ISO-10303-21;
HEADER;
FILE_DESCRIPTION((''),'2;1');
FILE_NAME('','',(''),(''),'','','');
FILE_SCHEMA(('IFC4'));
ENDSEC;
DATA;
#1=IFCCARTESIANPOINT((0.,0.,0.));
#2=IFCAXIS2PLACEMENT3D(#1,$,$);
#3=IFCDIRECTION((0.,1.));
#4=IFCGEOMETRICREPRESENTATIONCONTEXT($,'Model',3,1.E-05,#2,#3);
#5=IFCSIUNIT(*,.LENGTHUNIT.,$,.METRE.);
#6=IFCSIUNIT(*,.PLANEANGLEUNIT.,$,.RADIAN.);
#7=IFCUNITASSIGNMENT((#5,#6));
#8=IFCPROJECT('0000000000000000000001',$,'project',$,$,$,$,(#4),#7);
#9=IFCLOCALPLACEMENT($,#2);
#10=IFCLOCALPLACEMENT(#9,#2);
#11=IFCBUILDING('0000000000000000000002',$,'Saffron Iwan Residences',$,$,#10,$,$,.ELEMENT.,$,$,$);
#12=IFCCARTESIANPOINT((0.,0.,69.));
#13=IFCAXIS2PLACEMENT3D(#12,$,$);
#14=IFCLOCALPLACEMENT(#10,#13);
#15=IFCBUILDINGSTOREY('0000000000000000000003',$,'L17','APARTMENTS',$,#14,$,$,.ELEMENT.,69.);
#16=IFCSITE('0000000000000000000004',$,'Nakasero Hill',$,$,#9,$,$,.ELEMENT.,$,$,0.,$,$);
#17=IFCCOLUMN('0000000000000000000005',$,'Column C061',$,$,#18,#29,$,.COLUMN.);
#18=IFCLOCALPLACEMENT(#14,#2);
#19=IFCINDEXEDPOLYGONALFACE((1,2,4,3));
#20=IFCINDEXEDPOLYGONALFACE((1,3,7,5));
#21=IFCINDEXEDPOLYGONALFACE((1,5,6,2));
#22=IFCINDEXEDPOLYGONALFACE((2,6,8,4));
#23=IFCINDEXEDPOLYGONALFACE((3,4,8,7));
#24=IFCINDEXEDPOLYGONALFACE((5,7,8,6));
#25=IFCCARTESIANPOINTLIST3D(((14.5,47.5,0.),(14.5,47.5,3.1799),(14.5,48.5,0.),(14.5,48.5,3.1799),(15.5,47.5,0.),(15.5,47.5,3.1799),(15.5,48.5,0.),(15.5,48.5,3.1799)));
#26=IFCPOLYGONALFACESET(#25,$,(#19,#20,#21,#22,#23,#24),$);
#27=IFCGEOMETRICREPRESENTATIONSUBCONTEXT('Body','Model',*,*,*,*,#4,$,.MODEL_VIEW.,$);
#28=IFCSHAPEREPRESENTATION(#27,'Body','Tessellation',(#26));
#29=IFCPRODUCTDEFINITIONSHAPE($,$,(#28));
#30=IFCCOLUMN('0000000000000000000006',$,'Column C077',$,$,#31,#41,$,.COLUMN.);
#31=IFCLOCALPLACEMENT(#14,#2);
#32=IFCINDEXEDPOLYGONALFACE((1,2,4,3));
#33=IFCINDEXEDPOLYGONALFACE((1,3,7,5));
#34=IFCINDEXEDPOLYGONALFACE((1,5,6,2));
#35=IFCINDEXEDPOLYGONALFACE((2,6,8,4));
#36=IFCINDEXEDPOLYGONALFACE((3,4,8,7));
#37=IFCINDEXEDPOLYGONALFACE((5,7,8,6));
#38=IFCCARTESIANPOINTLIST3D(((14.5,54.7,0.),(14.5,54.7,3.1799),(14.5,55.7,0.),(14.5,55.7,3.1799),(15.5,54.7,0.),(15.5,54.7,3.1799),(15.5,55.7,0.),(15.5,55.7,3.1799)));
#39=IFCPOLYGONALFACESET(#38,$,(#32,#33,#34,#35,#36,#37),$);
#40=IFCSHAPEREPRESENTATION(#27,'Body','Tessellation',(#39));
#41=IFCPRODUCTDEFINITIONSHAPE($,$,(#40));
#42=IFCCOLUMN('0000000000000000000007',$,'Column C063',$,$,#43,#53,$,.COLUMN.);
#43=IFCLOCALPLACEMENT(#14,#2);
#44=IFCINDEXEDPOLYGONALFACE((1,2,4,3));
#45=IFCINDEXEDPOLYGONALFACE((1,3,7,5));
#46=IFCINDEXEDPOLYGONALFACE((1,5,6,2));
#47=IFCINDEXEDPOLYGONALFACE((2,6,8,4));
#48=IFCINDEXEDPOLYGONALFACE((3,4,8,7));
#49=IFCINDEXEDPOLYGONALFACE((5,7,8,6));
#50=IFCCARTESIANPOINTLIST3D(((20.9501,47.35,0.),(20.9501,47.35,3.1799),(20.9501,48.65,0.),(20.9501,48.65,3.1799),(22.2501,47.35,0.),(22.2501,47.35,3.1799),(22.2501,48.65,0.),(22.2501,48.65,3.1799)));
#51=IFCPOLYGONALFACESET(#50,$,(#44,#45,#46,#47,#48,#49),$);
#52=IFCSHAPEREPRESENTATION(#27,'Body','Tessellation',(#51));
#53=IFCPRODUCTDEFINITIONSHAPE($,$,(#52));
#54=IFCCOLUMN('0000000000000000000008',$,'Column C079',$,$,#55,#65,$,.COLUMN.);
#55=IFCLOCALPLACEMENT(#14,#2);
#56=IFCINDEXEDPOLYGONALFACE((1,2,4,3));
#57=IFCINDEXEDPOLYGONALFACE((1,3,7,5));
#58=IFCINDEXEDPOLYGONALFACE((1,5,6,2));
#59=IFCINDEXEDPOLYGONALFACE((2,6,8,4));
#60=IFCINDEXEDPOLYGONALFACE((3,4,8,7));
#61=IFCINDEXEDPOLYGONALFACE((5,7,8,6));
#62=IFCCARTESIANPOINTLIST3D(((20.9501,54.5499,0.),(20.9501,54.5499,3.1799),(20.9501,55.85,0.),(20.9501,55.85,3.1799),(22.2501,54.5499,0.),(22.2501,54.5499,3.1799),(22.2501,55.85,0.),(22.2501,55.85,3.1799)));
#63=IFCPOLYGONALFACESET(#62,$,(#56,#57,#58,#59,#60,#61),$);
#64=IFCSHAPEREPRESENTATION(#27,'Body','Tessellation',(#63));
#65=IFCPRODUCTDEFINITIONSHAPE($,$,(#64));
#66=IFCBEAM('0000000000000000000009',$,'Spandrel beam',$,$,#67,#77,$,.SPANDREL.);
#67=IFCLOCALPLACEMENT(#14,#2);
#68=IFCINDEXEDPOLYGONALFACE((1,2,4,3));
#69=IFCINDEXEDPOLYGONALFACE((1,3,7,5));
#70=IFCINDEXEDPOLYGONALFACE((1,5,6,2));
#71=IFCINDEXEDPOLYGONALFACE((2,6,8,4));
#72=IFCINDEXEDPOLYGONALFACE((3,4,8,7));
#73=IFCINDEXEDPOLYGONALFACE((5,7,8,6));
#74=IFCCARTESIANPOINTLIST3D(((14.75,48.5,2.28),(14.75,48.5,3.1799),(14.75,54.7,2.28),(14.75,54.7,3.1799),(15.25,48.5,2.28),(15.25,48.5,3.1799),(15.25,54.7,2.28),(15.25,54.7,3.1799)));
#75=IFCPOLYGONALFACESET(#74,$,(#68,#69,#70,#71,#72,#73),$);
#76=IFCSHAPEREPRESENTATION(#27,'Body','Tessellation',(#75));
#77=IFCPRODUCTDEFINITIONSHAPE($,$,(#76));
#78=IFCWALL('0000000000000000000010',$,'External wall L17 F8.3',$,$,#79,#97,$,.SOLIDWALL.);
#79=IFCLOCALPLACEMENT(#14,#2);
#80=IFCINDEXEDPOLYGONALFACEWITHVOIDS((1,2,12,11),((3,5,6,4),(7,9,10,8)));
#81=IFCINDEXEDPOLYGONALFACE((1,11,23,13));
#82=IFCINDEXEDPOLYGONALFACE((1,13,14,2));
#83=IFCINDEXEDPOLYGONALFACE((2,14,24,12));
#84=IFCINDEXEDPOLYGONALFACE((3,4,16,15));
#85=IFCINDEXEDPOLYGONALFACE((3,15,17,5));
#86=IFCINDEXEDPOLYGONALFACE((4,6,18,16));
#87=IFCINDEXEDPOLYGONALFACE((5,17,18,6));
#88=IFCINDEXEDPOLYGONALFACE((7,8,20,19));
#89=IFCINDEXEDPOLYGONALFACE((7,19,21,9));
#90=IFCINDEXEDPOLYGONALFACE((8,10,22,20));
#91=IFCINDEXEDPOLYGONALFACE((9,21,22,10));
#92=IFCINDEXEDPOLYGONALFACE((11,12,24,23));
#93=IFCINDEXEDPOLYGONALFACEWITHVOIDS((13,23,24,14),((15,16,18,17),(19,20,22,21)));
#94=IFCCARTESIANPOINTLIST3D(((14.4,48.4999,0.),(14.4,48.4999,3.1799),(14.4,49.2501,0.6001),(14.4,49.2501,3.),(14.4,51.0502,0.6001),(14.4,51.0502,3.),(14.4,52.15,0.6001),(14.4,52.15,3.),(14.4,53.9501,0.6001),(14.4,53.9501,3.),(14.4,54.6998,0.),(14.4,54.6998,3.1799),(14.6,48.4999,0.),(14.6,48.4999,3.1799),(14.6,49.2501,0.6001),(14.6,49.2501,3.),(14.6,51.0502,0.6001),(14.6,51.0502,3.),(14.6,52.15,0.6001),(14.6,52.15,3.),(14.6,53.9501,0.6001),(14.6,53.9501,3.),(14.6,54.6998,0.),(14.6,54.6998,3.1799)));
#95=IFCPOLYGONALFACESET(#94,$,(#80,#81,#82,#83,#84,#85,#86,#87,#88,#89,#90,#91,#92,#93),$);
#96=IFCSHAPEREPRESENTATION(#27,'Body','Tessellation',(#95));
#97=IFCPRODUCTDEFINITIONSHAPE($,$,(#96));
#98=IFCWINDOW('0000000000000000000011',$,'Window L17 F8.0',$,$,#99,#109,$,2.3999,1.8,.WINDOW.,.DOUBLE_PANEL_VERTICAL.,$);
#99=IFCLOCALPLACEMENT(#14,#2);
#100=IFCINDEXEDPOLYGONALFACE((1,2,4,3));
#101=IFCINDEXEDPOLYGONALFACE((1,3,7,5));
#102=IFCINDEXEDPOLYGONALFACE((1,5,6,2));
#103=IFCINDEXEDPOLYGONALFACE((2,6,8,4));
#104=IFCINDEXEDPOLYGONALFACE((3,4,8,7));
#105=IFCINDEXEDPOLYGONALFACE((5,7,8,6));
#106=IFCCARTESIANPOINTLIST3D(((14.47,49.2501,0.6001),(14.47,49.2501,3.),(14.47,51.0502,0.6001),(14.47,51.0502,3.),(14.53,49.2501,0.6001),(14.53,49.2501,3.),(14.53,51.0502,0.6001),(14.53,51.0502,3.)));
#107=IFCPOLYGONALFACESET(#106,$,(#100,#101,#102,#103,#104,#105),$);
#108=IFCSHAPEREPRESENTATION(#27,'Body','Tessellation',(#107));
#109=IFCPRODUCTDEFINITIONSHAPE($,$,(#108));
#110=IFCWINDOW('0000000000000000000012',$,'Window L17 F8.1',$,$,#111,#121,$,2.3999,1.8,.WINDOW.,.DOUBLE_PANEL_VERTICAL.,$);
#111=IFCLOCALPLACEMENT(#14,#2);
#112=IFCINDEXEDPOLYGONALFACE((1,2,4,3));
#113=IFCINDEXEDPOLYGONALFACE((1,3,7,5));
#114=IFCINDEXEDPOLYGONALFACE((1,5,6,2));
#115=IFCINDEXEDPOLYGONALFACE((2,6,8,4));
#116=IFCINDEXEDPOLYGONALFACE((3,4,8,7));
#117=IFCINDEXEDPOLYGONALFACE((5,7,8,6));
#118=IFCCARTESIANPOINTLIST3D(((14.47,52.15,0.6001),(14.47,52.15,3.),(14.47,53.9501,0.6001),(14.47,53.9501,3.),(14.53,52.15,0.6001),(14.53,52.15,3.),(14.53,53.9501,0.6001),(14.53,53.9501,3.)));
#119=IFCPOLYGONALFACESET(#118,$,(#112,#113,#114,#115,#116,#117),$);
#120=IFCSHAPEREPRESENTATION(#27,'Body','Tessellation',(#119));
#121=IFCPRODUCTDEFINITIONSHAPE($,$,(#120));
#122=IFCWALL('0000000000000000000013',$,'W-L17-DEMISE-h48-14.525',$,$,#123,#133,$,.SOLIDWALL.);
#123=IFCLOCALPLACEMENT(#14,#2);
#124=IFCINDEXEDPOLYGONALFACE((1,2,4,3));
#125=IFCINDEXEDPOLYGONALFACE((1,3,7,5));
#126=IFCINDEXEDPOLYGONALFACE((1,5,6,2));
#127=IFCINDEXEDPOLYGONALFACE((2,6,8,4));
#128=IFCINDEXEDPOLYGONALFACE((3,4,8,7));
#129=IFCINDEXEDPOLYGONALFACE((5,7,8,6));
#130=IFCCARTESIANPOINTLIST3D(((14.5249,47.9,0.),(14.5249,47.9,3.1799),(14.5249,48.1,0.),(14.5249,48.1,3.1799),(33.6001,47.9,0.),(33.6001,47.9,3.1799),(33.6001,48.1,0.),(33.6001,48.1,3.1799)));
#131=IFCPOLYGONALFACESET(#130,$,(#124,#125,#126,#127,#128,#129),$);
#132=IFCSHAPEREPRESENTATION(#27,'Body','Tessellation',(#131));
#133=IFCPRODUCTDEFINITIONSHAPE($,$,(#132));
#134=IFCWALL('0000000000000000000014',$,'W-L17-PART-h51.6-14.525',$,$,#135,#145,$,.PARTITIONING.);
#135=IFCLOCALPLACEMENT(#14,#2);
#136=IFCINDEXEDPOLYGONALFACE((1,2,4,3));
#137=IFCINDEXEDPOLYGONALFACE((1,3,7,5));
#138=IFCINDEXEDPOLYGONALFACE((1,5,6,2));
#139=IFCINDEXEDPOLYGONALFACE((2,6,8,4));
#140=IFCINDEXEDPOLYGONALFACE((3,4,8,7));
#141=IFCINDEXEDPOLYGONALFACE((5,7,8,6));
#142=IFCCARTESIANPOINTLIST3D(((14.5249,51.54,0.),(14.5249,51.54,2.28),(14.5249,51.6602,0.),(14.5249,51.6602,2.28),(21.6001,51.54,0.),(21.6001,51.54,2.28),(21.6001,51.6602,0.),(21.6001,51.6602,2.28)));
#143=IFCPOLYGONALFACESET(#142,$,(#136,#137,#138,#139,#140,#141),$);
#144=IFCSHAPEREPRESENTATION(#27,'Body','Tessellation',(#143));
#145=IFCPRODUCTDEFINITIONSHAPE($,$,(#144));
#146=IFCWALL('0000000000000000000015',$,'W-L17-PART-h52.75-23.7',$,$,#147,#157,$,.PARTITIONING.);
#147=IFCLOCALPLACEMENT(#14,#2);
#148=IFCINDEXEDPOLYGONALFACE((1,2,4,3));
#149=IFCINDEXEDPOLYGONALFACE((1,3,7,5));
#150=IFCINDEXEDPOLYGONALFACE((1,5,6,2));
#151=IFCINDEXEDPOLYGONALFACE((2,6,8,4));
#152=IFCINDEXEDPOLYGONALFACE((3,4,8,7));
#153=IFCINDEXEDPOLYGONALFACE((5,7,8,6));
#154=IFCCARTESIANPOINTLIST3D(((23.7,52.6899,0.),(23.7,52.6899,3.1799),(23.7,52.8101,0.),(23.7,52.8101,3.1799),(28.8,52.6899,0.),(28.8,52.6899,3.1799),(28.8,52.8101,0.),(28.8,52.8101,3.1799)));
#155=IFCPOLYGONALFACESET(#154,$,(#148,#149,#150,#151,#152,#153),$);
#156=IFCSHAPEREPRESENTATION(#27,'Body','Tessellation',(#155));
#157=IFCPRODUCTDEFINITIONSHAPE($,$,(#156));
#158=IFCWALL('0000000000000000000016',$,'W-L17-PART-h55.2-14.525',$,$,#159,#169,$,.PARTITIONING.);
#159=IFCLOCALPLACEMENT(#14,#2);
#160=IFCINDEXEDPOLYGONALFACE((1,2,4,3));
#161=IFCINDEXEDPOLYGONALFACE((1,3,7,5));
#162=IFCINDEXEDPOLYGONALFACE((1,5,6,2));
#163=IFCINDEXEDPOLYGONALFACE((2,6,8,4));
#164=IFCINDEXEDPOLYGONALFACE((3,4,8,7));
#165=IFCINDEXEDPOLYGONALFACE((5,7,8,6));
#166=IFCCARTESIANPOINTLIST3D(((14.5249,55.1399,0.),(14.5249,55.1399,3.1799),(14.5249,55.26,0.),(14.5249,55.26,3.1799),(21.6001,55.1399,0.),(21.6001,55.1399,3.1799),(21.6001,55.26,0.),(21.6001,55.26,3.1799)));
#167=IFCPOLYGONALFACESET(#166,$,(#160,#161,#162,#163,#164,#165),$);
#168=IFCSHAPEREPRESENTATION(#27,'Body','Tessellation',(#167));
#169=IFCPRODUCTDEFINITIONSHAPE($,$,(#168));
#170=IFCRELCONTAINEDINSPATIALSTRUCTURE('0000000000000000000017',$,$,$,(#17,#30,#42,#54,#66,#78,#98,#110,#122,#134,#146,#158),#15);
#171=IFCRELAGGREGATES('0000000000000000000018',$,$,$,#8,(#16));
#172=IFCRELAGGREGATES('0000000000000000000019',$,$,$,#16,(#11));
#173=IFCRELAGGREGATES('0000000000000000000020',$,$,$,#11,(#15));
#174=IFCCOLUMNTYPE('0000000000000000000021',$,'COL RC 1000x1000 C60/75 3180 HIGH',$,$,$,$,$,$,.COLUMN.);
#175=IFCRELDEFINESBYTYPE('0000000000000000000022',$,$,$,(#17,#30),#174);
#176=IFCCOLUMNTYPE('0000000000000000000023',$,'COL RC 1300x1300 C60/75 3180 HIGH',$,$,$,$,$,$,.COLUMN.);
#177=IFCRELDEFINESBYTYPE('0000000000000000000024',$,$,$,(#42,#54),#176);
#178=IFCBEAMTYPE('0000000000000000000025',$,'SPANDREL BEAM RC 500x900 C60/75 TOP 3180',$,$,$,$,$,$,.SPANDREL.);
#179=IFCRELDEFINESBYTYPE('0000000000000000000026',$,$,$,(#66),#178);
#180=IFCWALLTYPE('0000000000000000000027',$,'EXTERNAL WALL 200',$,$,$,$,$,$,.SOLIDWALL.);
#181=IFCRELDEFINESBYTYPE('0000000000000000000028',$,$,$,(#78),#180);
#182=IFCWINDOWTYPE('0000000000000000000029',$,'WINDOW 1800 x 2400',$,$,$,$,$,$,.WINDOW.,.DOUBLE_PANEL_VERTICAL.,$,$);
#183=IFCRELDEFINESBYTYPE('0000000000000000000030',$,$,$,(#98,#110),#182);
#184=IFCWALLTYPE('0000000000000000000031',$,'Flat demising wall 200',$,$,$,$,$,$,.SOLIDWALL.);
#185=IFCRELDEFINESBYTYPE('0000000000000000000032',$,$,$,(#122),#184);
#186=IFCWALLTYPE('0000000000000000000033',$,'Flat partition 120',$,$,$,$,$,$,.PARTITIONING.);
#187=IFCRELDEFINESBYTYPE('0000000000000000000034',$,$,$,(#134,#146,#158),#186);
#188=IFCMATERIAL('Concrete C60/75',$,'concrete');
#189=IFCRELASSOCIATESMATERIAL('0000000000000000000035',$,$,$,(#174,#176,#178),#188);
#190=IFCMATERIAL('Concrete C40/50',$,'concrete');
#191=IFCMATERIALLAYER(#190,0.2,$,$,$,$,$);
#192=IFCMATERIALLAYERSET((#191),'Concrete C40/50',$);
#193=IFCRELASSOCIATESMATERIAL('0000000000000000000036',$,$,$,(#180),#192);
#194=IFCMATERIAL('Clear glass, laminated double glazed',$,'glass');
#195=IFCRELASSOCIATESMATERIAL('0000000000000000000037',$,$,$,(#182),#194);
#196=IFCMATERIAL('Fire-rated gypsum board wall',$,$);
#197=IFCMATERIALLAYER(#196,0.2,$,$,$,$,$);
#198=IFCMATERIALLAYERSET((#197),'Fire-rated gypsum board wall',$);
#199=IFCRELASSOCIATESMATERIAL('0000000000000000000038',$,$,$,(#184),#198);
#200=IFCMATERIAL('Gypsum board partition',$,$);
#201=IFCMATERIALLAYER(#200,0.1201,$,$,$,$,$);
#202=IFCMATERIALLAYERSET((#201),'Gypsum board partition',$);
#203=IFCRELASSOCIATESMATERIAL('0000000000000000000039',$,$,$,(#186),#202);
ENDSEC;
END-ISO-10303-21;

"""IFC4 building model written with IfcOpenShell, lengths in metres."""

from ifc_helpers import new_model, si_unit, direction, frame, frame_2d, origin, origin_2d, place, context, subcontext, project, spatial, rectangle, extrude, source, transform, mapped, material, layer, layer_set, material_profile, profile_set, type_object, element, fill, save


model = new_model("IFC4")

# Units and contexts
model_context = context("Model", 3, precision=1e-05, world=origin(), true_north=direction((0.0, 1.0)))
body_context = subcontext(model_context, "Body", "Model", "MODEL_VIEW")
ifc_project = project(units=[si_unit("LENGTHUNIT", "METRE"), si_unit("PLANEANGLEUNIT", "RADIAN")], contexts=[model_context])

# Site, building, storey
site_placement = place(None, origin())
site = spatial("IfcSite", under=ifc_project, at=site_placement, Name="Nakasero Hill", CompositionType="ELEMENT", RefElevation=0.0)
building_placement = place(site_placement, origin())
building = spatial("IfcBuilding", under=site, at=building_placement, Name="Saffron Iwan Residences", CompositionType="ELEMENT")
storey_placement = place(building_placement, frame((0.0, 0.0, 69.0)))
storey = spatial("IfcBuildingStorey", under=building, at=storey_placement, Name="L17", Description="APARTMENTS", CompositionType="ELEMENT", Elevation=69.0)

# Columns
ifc_material_1 = material(Name="Concrete C60/75", Category="concrete")
ifc_material_profile_1 = material_profile(ifc_material_1, rectangle(XDim=1.0, YDim=1.0, at=origin_2d()), Name="RC 1000x1000")
ifc_profile_set_1 = profile_set([ifc_material_profile_1], Name="Concrete C60/75")
column_type_1 = type_object("IfcColumnType", Name="COL RC 1000x1000 C60/75 3180 HIGH", PredefinedType="COLUMN", material=ifc_profile_set_1)
shared_shape_1 = source(origin(), body_context, "Body", "SweptSolid", [
    extrude(rectangle(XDim=1.0, YDim=1.0, at=origin_2d()), origin(), (0.0, 0.0, 1.0), 3.1799),
])
for number, where, z_axis, x_axis, name in (
    (1, (15.0, 48.0, 0.0), (0.0, 0.0, 1.0), (1.0, 0.0, 0.0), "Column C061"),
    (2, (15.0, 55.2, 0.0), (0.0, 0.0, 1.0), (1.0, 0.0, 0.0), "Column C077"),
):
    element("IfcColumn", number, at=place(storey_placement, frame(where, z_axis=z_axis, x_axis=x_axis)), inside=storey, type_object=column_type_1, Name=name, PredefinedType="COLUMN", context=body_context, shape_type="MappedRepresentation", body=[
        mapped(shared_shape_1, transform((0.0, 0.0, 0.0))),
    ])
ifc_material_profile_2 = material_profile(ifc_material_1, rectangle(XDim=1.3, YDim=1.3, at=origin_2d()), Name="RC 1300x1300")
ifc_profile_set_2 = profile_set([ifc_material_profile_2], Name="Concrete C60/75")
column_type_2 = type_object("IfcColumnType", Name="COL RC 1300x1300 C60/75 3180 HIGH", PredefinedType="COLUMN", material=ifc_profile_set_2)
shared_shape_2 = source(origin(), body_context, "Body", "SweptSolid", [
    extrude(rectangle(XDim=1.3, YDim=1.3, at=origin_2d()), origin(), (0.0, 0.0, 1.0), 3.1799),
])
for number, where, z_axis, x_axis, name in (
    (3, (21.6001, 48.0, 0.0), (0.0, 0.0, 1.0), (1.0, 0.0, 0.0), "Column C063"),
    (4, (21.6001, 55.2, 0.0), (0.0, 0.0, 1.0), (1.0, 0.0, 0.0), "Column C079"),
):
    element("IfcColumn", number, at=place(storey_placement, frame(where, z_axis=z_axis, x_axis=x_axis)), inside=storey, type_object=column_type_2, Name=name, PredefinedType="COLUMN", context=body_context, shape_type="MappedRepresentation", body=[
        mapped(shared_shape_2, transform((0.0, 0.0, 0.0))),
    ])

# Beam
ifc_material_profile_3 = material_profile(ifc_material_1, rectangle(XDim=0.5, YDim=0.8999, at=origin_2d()), Name="RC 500x900")
ifc_profile_set_3 = profile_set([ifc_material_profile_3], Name="Concrete C60/75")
beam_type = type_object("IfcBeamType", Name="SPANDREL BEAM RC 500x900 C60/75 TOP 3180", PredefinedType="SPANDREL", material=ifc_profile_set_3)
shared_shape_3 = source(origin(), body_context, "Body", "SweptSolid", [
    extrude(rectangle(XDim=0.5, YDim=0.8999, at=origin_2d()), origin(), (0.0, 0.0, 1.0), 6.2),
])
beam_placement = place(storey_placement, frame((15.0, 48.5, 2.73), z_axis=(0.0, 1.0, 0.0), x_axis=(-1.0, 0.0, 0.0)))
element("IfcBeam", 5, at=beam_placement, inside=storey, type_object=beam_type, Name="Spandrel beam", PredefinedType="SPANDREL", context=body_context, shape_type="MappedRepresentation", body=[
    mapped(shared_shape_3, transform((0.0, 0.0, 0.0))),
])

# Wall, openings, windows
ifc_material_2 = material(Name="Concrete C40/50", Category="concrete")
ifc_layer_1 = layer(ifc_material_2, 0.2)
ifc_layer_set_1 = layer_set([ifc_layer_1], Name="Concrete C40/50")
wall_type_1 = type_object("IfcWallType", Name="EXTERNAL WALL 200", PredefinedType="SOLIDWALL", material=ifc_layer_set_1)
wall_1_placement = place(storey_placement, frame((14.5, 54.7, 0.0), z_axis=(0.0, 0.0, 1.0), x_axis=(0.0, -1.0, 0.0)))
wall_1 = element("IfcWall", 6, at=wall_1_placement, inside=storey, type_object=wall_type_1, Name="External wall L17 F8.3", PredefinedType="SOLIDWALL", context=body_context, shape_type="SweptSolid", body=[
    extrude(rectangle(XDim=6.2, YDim=0.2, at=frame_2d((3.1001, 0.0))), origin(), (0.0, 0.0, 1.0), 3.1799),
])
opening_1_placement = place(wall_1_placement, frame((3.6499, 0.0, 0.6001)))
opening_1 = element("IfcOpeningElement", 7, at=opening_1_placement, cuts=wall_1, PredefinedType="OPENING", context=body_context, shape_type="SweptSolid", body=[
    extrude(rectangle(XDim=1.8, YDim=2.3999, at=frame_2d((0.8999, 1.2))), frame((0.0, 0.1099, 0.0), z_axis=(0.0, -1.0, 0.0), x_axis=(1.0, 0.0, 0.0)), (0.0, 0.0, 1.0), 0.22),
])
opening_2_placement = place(wall_1_placement, frame((0.75, 0.0, 0.6001)))
opening_2 = element("IfcOpeningElement", 8, at=opening_2_placement, cuts=wall_1, PredefinedType="OPENING", context=body_context, shape_type="SweptSolid", body=[
    extrude(rectangle(XDim=1.8, YDim=2.3999, at=frame_2d((0.8999, 1.2))), frame((0.0, 0.1099, 0.0), z_axis=(0.0, -1.0, 0.0), x_axis=(1.0, 0.0, 0.0)), (0.0, 0.0, 1.0), 0.22),
])
ifc_material_3 = material(Name="Clear glass, laminated double glazed", Category="glass")
window_type = type_object("IfcWindowType", Name="WINDOW 1800 x 2400", PartitioningType="DOUBLE_PANEL_VERTICAL", PredefinedType="WINDOW", material=ifc_material_3)
window_1_placement = place(opening_1_placement, origin())
window_1 = element("IfcWindow", 9, at=window_1_placement, inside=storey, type_object=window_type, Name="Window L17 F8.0", OverallHeight=2.3999, OverallWidth=1.8, PartitioningType="DOUBLE_PANEL_VERTICAL", PredefinedType="WINDOW", context=body_context, shape_type="SweptSolid", body=[
    extrude(rectangle(XDim=1.8, YDim=2.3999, at=frame_2d((0.8999, 1.2))), frame((0.0, 0.03, 0.0), z_axis=(0.0, -1.0, 0.0), x_axis=(1.0, 0.0, 0.0)), (0.0, 0.0, 1.0), 0.0601),
])
fill(opening_1, window_1)
window_2_placement = place(opening_2_placement, origin())
window_2 = element("IfcWindow", 10, at=window_2_placement, inside=storey, type_object=window_type, Name="Window L17 F8.1", OverallHeight=2.3999, OverallWidth=1.8, PartitioningType="DOUBLE_PANEL_VERTICAL", PredefinedType="WINDOW", context=body_context, shape_type="SweptSolid", body=[
    extrude(rectangle(XDim=1.8, YDim=2.3999, at=frame_2d((0.8999, 1.2))), frame((0.0, 0.03, 0.0), z_axis=(0.0, -1.0, 0.0), x_axis=(1.0, 0.0, 0.0)), (0.0, 0.0, 1.0), 0.0601),
])
fill(opening_2, window_2)

# Walls
ifc_material_4 = material(Name="Fire-rated gypsum board wall")
ifc_layer_2 = layer(ifc_material_4, 0.2)
ifc_layer_set_2 = layer_set([ifc_layer_2], Name="Fire-rated gypsum board wall")
wall_type_2 = type_object("IfcWallType", Name="Flat demising wall 200", PredefinedType="SOLIDWALL", material=ifc_layer_set_2)
wall_2_placement = place(storey_placement, frame((14.5249, 48.0, 0.0), z_axis=(0.0, 0.0, 1.0), x_axis=(1.0, 0.0, 0.0)))
element("IfcWall", 11, at=wall_2_placement, inside=storey, type_object=wall_type_2, Name="W-L17-DEMISE-h48-14.525", PredefinedType="SOLIDWALL", context=body_context, shape_type="SweptSolid", body=[
    extrude(rectangle(XDim=19.0752, YDim=0.2, at=frame_2d((9.5376, 0.0))), origin(), (0.0, 0.0, 1.0), 3.1799),
])
ifc_material_5 = material(Name="Gypsum board partition")
ifc_layer_3 = layer(ifc_material_5, 0.1201)
ifc_layer_set_3 = layer_set([ifc_layer_3], Name="Gypsum board partition")
wall_type_3 = type_object("IfcWallType", Name="Flat partition 120", PredefinedType="PARTITIONING", material=ifc_layer_set_3)
wall_3_placement = place(storey_placement, frame((14.5249, 51.6001, 0.0), z_axis=(0.0, 0.0, 1.0), x_axis=(1.0, 0.0, 0.0)))
element("IfcWall", 12, at=wall_3_placement, inside=storey, type_object=wall_type_3, Name="W-L17-PART-h51.6-14.525", PredefinedType="PARTITIONING", context=body_context, shape_type="SweptSolid", body=[
    extrude(rectangle(XDim=7.0752, YDim=0.1201, at=frame_2d((3.5376, 0.0))), origin(), (0.0, 0.0, 1.0), 2.28),
])
wall_4_placement = place(storey_placement, frame((23.7, 52.75, 0.0), z_axis=(0.0, 0.0, 1.0), x_axis=(1.0, 0.0, 0.0)))
element("IfcWall", 13, at=wall_4_placement, inside=storey, type_object=wall_type_3, Name="W-L17-PART-h52.75-23.7", PredefinedType="PARTITIONING", context=body_context, shape_type="SweptSolid", body=[
    extrude(rectangle(XDim=5.1001, YDim=0.1201, at=frame_2d((2.55, 0.0))), origin(), (0.0, 0.0, 1.0), 3.1799),
])
wall_5_placement = place(storey_placement, frame((14.5249, 55.2, 0.0), z_axis=(0.0, 0.0, 1.0), x_axis=(1.0, 0.0, 0.0)))
element("IfcWall", 14, at=wall_5_placement, inside=storey, type_object=wall_type_3, Name="W-L17-PART-h55.2-14.525", PredefinedType="PARTITIONING", context=body_context, shape_type="SweptSolid", body=[
    extrude(rectangle(XDim=7.0752, YDim=0.1201, at=frame_2d((3.5376, 0.0))), origin(), (0.0, 0.0, 1.0), 3.1799),
])

save(model, "model.ifc")
